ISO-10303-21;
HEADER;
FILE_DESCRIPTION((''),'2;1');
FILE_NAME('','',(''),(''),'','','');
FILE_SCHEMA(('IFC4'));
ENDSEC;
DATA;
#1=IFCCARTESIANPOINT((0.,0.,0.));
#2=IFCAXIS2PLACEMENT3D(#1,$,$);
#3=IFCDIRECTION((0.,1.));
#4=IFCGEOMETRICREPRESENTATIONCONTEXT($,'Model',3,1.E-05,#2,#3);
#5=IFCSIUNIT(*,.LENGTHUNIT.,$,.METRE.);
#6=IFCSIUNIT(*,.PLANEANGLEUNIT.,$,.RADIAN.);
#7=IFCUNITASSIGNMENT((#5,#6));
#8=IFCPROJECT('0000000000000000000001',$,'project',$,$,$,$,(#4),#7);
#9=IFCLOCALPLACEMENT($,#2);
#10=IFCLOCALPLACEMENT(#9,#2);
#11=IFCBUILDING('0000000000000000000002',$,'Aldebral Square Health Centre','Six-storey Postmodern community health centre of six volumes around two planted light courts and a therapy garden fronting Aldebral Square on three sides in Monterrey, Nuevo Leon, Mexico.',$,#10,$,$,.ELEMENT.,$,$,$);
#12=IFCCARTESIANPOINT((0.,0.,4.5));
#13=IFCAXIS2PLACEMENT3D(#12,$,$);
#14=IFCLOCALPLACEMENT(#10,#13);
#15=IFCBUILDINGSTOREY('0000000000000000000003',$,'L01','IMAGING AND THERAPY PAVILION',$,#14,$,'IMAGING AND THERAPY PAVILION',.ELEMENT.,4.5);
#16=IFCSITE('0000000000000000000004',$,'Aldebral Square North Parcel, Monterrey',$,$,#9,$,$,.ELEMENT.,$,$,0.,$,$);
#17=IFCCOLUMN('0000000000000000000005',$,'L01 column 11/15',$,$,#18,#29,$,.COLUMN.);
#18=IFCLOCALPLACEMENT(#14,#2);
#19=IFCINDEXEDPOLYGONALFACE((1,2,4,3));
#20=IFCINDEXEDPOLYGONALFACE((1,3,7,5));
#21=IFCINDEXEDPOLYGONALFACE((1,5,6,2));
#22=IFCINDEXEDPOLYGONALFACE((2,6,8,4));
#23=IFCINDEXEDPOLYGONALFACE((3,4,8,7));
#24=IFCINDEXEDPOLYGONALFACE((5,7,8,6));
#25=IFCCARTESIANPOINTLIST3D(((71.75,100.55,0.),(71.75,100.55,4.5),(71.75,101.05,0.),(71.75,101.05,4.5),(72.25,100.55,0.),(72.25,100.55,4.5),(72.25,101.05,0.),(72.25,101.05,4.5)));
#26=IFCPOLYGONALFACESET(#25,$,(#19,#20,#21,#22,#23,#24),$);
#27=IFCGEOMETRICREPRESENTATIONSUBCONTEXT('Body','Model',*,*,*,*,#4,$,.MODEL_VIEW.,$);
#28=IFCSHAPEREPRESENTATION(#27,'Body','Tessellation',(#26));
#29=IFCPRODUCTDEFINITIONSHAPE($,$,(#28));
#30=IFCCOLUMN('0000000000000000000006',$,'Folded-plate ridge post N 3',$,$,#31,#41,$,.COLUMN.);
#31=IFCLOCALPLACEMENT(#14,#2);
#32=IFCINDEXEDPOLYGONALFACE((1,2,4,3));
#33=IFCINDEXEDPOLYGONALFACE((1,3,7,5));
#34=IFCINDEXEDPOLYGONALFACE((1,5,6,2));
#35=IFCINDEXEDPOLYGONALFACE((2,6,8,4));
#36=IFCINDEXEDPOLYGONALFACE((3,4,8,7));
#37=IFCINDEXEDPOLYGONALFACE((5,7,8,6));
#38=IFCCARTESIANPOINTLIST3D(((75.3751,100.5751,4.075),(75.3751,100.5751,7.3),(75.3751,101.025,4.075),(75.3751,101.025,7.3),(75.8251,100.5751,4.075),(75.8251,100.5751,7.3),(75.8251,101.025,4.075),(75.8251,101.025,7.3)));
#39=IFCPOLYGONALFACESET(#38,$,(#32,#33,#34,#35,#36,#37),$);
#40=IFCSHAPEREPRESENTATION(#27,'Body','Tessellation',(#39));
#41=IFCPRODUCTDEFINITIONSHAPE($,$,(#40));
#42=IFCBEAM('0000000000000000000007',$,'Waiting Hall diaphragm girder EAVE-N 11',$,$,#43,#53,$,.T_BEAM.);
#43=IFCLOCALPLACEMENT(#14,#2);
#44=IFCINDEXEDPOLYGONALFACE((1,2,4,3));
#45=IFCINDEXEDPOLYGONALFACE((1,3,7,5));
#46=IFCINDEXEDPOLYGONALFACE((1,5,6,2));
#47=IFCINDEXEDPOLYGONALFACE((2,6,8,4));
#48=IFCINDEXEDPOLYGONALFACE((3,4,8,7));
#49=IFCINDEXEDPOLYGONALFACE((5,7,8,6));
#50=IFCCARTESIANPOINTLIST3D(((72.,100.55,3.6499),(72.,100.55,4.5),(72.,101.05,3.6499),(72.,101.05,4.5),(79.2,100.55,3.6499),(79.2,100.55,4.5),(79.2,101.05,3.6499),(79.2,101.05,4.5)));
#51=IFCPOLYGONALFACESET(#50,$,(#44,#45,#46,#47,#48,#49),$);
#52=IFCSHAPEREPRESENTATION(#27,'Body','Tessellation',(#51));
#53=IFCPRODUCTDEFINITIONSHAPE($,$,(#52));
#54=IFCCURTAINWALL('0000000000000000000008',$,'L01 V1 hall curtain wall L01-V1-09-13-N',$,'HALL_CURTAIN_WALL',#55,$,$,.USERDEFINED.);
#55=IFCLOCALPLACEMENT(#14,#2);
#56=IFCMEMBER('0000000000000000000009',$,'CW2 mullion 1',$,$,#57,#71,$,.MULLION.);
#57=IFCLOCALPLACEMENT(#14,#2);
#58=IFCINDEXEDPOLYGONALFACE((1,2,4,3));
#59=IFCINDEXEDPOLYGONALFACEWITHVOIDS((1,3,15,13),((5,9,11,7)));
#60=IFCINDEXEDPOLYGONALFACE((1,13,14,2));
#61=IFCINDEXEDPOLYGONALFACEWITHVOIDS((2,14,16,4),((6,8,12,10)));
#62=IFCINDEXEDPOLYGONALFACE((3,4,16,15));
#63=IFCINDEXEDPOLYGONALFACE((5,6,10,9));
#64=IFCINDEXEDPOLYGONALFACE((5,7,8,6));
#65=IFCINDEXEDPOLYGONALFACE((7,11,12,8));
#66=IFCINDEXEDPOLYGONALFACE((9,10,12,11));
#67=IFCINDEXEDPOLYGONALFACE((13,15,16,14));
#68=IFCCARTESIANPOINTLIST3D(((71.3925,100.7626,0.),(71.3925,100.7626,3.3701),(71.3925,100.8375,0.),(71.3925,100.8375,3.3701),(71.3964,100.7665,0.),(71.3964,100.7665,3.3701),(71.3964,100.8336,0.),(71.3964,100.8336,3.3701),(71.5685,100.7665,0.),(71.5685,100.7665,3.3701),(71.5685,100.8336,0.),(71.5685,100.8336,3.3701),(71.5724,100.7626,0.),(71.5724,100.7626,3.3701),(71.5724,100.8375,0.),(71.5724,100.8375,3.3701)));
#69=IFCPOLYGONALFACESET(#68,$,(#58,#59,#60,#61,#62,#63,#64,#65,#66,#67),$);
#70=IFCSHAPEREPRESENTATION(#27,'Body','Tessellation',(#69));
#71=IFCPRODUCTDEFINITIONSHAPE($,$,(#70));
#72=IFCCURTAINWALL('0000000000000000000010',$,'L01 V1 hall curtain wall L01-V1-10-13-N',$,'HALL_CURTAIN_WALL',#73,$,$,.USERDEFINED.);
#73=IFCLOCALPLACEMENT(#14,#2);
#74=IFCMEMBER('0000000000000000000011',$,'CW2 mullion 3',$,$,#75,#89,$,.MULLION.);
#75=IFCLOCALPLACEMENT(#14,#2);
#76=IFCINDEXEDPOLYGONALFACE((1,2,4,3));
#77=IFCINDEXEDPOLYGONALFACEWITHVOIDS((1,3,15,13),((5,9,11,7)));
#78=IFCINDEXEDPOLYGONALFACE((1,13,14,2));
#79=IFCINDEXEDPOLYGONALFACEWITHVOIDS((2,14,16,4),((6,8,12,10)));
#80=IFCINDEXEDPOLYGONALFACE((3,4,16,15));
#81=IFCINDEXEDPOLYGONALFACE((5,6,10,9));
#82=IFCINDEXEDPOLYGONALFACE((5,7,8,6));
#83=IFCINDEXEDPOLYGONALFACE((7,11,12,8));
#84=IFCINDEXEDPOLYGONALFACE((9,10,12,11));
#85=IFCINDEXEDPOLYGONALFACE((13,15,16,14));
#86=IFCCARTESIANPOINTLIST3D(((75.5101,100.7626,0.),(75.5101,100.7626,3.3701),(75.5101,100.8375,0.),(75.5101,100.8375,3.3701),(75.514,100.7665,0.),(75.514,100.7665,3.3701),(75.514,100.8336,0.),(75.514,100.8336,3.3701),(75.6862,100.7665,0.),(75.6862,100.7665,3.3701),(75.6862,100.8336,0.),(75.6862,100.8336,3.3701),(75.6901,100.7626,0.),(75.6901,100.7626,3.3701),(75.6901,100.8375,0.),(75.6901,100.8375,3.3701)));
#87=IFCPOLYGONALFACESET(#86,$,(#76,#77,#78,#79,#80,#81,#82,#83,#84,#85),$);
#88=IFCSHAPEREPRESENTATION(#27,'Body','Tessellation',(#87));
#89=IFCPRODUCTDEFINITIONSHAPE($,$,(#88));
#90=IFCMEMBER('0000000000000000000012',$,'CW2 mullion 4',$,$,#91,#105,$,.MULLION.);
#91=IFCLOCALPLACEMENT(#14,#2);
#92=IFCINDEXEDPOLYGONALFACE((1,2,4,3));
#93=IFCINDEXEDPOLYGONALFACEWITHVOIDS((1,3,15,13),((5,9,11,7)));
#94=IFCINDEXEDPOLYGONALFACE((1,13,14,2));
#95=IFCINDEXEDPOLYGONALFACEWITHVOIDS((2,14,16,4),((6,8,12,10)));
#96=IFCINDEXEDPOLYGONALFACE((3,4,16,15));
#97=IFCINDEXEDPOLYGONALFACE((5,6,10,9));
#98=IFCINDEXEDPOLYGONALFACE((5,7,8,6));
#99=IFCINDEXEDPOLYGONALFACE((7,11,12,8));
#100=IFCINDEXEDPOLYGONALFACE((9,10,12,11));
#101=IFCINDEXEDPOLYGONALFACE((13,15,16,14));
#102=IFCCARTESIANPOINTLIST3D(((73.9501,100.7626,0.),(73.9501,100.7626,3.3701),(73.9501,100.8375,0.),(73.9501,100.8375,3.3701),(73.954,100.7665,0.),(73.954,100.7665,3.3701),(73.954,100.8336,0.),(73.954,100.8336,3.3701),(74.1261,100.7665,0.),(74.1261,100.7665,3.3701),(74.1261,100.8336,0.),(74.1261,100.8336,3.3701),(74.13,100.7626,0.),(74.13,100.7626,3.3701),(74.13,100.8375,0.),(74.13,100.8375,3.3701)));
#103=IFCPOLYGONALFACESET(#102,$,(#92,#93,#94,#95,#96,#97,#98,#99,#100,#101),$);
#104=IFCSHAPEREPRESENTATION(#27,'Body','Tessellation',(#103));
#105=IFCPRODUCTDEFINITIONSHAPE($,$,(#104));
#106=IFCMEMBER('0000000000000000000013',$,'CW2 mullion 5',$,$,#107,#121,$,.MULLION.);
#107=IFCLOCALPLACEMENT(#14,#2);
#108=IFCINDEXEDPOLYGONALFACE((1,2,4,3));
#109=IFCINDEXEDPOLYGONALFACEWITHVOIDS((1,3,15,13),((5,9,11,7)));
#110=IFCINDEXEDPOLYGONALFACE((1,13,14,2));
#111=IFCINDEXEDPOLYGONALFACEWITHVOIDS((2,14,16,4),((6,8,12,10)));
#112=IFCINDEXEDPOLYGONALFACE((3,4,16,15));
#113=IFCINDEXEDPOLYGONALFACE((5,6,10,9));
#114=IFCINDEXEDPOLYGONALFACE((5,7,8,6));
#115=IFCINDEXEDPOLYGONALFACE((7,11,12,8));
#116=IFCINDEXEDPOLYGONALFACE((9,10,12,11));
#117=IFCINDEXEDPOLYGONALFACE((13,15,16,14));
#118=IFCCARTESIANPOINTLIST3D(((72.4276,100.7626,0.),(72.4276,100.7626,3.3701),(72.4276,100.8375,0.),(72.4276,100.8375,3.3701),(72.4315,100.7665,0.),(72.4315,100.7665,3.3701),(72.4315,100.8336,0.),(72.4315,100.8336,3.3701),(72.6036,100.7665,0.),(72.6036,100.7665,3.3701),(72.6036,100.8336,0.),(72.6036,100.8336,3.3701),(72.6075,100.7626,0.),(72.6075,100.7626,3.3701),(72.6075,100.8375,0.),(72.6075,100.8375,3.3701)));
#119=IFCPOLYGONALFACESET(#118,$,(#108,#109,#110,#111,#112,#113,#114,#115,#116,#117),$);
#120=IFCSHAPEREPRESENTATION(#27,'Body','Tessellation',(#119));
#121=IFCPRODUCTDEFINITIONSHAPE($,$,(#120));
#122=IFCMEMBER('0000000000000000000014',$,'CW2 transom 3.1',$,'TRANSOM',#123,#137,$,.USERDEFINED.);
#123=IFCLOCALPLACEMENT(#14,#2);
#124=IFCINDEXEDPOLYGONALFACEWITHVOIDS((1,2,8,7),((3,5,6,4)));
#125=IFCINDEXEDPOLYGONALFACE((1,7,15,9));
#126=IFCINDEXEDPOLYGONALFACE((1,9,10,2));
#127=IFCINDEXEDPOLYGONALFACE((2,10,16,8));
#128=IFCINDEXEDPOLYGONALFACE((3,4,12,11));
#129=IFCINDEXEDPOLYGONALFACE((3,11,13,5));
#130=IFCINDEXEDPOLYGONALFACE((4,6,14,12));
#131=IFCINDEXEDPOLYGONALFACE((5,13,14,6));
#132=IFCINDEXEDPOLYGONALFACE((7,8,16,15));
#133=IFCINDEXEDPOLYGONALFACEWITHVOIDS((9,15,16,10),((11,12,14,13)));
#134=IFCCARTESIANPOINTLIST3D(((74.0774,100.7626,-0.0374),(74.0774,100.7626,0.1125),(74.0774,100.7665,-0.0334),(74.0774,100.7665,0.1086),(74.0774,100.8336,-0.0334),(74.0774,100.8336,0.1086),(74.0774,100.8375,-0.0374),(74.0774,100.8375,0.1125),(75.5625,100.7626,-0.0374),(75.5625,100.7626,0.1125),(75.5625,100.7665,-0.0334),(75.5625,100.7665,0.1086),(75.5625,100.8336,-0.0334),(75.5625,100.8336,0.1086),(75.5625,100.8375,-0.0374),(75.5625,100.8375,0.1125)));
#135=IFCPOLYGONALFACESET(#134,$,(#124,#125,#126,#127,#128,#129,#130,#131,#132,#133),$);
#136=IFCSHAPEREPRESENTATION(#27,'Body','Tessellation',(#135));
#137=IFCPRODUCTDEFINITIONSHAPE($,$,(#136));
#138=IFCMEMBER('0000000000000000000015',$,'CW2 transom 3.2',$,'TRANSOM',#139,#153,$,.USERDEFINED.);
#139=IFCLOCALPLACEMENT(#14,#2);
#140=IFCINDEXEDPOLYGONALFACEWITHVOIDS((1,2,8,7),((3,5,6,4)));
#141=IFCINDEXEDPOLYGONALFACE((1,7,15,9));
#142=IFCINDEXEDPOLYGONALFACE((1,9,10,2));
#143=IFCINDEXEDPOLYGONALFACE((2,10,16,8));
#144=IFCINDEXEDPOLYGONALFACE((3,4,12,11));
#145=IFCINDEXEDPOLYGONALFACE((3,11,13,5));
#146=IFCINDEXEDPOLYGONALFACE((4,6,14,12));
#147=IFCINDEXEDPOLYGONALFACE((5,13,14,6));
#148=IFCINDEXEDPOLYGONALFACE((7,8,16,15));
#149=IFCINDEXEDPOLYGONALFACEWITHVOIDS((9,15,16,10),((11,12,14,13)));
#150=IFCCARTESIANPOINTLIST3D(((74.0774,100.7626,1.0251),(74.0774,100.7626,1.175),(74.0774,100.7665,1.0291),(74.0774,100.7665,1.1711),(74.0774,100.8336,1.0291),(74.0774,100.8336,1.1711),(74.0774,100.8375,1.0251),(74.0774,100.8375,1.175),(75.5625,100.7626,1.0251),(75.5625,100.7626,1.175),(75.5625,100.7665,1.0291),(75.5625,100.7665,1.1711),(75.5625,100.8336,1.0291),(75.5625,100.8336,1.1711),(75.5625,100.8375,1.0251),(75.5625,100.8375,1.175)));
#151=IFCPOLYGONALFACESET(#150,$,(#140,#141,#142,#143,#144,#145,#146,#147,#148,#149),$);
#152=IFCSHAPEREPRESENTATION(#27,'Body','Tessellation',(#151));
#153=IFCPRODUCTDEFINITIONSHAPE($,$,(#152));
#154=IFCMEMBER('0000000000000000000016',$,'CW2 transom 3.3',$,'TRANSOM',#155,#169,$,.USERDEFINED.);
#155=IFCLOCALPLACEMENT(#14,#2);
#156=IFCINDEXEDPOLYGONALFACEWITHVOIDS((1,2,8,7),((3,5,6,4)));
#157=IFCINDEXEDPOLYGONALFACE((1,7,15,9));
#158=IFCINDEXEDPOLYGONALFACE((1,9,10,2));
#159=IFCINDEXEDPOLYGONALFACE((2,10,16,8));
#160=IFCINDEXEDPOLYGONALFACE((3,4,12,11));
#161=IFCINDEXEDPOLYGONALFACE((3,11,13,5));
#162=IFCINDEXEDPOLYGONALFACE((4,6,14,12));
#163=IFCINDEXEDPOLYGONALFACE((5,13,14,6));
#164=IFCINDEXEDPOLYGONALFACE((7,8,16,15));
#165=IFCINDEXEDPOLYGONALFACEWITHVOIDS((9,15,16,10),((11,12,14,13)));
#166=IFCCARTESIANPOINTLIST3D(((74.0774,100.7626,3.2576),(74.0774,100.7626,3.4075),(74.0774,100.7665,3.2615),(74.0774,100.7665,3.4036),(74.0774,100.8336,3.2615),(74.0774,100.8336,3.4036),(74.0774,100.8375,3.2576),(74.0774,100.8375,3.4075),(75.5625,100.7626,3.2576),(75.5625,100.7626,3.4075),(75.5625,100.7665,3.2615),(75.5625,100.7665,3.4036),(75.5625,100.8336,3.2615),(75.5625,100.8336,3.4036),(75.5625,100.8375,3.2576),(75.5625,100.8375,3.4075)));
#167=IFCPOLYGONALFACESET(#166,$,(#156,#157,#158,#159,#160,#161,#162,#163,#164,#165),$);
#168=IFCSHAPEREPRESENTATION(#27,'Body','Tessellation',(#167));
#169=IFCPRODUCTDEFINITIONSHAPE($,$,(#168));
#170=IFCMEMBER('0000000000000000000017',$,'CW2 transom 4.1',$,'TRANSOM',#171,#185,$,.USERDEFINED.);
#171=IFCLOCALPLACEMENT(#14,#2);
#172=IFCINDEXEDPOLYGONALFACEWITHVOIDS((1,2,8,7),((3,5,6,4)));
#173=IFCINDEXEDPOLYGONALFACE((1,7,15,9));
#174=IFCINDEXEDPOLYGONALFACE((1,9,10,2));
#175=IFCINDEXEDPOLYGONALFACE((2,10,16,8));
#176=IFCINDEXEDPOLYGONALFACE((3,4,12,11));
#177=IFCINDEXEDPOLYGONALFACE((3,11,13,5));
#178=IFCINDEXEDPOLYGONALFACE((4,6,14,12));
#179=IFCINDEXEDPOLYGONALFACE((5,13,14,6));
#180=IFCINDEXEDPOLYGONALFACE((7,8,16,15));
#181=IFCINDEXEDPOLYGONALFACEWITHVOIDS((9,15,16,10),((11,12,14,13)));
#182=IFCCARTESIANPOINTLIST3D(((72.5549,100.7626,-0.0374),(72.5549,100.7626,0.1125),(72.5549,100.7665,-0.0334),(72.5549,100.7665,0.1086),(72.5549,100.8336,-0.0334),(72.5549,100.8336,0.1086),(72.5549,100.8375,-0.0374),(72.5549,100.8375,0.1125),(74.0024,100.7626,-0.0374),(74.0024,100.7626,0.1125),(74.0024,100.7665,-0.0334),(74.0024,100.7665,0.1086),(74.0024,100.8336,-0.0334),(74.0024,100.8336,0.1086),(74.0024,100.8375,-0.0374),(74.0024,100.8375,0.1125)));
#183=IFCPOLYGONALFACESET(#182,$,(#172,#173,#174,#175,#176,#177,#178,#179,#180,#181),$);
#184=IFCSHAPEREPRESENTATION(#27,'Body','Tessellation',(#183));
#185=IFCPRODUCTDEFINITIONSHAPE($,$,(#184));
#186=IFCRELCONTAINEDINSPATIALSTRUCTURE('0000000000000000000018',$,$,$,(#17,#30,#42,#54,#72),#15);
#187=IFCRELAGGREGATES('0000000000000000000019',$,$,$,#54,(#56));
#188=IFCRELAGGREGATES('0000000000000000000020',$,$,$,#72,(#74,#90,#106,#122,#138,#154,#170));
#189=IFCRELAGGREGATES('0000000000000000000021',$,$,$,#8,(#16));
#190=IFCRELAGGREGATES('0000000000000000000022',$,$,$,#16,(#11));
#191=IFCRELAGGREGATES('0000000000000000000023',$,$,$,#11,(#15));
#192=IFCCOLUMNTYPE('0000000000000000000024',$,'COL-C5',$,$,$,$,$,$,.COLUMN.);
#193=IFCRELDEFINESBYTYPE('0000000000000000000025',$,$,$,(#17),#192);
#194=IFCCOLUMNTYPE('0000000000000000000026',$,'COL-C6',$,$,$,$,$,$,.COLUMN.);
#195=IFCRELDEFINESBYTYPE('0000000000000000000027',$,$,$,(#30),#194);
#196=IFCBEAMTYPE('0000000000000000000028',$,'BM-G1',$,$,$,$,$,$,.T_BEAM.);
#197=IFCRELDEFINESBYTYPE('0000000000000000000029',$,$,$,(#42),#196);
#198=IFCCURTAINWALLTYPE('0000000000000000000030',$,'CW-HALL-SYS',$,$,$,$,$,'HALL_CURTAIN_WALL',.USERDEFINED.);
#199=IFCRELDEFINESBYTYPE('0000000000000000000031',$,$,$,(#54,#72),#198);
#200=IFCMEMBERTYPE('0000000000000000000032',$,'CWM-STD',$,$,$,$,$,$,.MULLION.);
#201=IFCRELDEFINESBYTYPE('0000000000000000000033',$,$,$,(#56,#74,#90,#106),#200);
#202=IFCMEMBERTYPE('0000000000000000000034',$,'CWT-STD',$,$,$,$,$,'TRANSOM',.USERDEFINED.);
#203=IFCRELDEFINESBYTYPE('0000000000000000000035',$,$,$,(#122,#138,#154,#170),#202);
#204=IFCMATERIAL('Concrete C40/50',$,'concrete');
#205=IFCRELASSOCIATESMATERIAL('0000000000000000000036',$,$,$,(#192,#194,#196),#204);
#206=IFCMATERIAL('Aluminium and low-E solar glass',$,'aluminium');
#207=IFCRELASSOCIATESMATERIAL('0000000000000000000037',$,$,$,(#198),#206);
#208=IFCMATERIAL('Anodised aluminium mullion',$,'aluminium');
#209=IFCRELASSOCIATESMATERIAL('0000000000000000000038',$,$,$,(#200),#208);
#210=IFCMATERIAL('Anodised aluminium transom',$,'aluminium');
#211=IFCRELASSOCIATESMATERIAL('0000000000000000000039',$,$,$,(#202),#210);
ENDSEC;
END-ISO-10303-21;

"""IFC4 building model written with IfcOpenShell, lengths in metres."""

from ifc_helpers import new_model, si_unit, direction, frame, origin, origin_2d, place, context, subcontext, project, spatial, rectangle, hollow_rectangle, extrude, material, material_profile, profile_set, type_object, element, aggregate, save


model = new_model("IFC4")

# Units and contexts
model_context = context("Model", 3, precision=1e-05, world=origin(), true_north=direction((0.0, 1.0)))
body_context = subcontext(model_context, "Body", "Model", "MODEL_VIEW")
ifc_project = project(units=[si_unit("LENGTHUNIT", "METRE"), si_unit("PLANEANGLEUNIT", "RADIAN")], contexts=[model_context])

# Site, building, storey
site_placement = place(None, origin())
site = spatial("IfcSite", under=ifc_project, at=site_placement, Name="Aldebral Square North Parcel, Monterrey", CompositionType="ELEMENT", RefElevation=0.0)
building_placement = place(site_placement, origin())
building = spatial("IfcBuilding", under=site, at=building_placement, Name="Aldebral Square Health Centre", Description="Six-storey Postmodern community health centre of six volumes around two planted light courts and a therapy garden fronting Aldebral Square on three sides in Monterrey, Nuevo Leon, Mexico.", CompositionType="ELEMENT")
storey_placement = place(building_placement, frame((0.0, 0.0, 4.5)))
storey = spatial("IfcBuildingStorey", under=building, at=storey_placement, Name="L01", Description="IMAGING AND THERAPY PAVILION", LongName="IMAGING AND THERAPY PAVILION", CompositionType="ELEMENT", Elevation=4.5)

# Columns
ifc_material_1 = material(Name="Concrete C40/50", Category="concrete")
ifc_material_profile_1 = material_profile(ifc_material_1, rectangle(XDim=0.5, YDim=0.5, at=origin_2d()), Name="RC 500x500")
ifc_profile_set_1 = profile_set([ifc_material_profile_1], Name="Concrete C40/50")
column_type_1 = type_object("IfcColumnType", Name="COL-C5", PredefinedType="COLUMN", material=ifc_profile_set_1)
column_1_placement = place(storey_placement, frame((72.0, 100.8, 0.0), z_axis=(0.0, 0.0, 1.0), x_axis=(1.0, 0.0, 0.0)))
element("IfcColumn", 1, at=column_1_placement, inside=storey, type_object=column_type_1, Name="L01 column 11/15", PredefinedType="COLUMN", context=body_context, shape_type="SweptSolid", body=[
    extrude(rectangle(XDim=0.5, YDim=0.5, at=origin_2d()), origin(), (0.0, 0.0, 1.0), 4.5),
])
ifc_material_profile_2 = material_profile(ifc_material_1, rectangle(XDim=0.45, YDim=0.45, at=origin_2d()), Name="RC 450x450")
ifc_profile_set_2 = profile_set([ifc_material_profile_2], Name="Concrete C40/50")
column_type_2 = type_object("IfcColumnType", Name="COL-C6", PredefinedType="COLUMN", material=ifc_profile_set_2)
column_2_placement = place(storey_placement, frame((75.6001, 100.8, 4.075), z_axis=(0.0, 0.0, 1.0), x_axis=(1.0, 0.0, 0.0)))
element("IfcColumn", 2, at=column_2_placement, inside=storey, type_object=column_type_2, Name="Folded-plate ridge post N 3", PredefinedType="COLUMN", context=body_context, shape_type="SweptSolid", body=[
    extrude(rectangle(XDim=0.45, YDim=0.45, at=origin_2d()), origin(), (0.0, 0.0, 1.0), 3.2251),
])

# Beam
ifc_material_profile_3 = material_profile(ifc_material_1, rectangle(XDim=0.5, YDim=0.8501, at=origin_2d()), Name="RC 500x850")
ifc_profile_set_3 = profile_set([ifc_material_profile_3], Name="Concrete C40/50")
beam_type = type_object("IfcBeamType", Name="BM-G1", PredefinedType="T_BEAM", material=ifc_profile_set_3)
beam_placement = place(storey_placement, frame((72.0, 100.8, 4.075), z_axis=(1.0, 0.0, 0.0), x_axis=(0.0, 1.0, 0.0)))
element("IfcBeam", 3, at=beam_placement, inside=storey, type_object=beam_type, Name="Waiting Hall diaphragm girder EAVE-N 11", PredefinedType="T_BEAM", context=body_context, shape_type="SweptSolid", body=[
    extrude(rectangle(XDim=0.5, YDim=0.8501, at=origin_2d()), origin(), (0.0, 0.0, 1.0), 7.2),
])

# Curtain wall, member
ifc_material_2 = material(Name="Aluminium and low-E solar glass", Category="aluminium")
curtain_wall_type = type_object("IfcCurtainWallType", Name="CW-HALL-SYS", ElementType="HALL_CURTAIN_WALL", PredefinedType="USERDEFINED", material=ifc_material_2)
curtain_wall_1_placement = place(storey_placement, origin())
curtain_wall_1 = element("IfcCurtainWall", 4, at=curtain_wall_1_placement, inside=storey, type_object=curtain_wall_type, Name="L01 V1 hall curtain wall L01-V1-09-13-N", ObjectType="HALL_CURTAIN_WALL", PredefinedType="USERDEFINED")
ifc_material_3 = material(Name="Anodised aluminium mullion", Category="aluminium")
ifc_material_profile_4 = material_profile(ifc_material_3, hollow_rectangle(XDim=0.075, YDim=0.1799, WallThickness=0.0039, at=origin_2d()), Name="CWM 75x180x4")
ifc_profile_set_4 = profile_set([ifc_material_profile_4], Name="Anodised aluminium mullion")
member_type_1 = type_object("IfcMemberType", Name="CWM-STD", PredefinedType="MULLION", material=ifc_profile_set_4)
member_1_placement = place(storey_placement, frame((71.4824, 100.8, 0.0), z_axis=(0.0, 0.0, 1.0), x_axis=(0.0, -1.0, 0.0)))
member_1 = element("IfcMember", 5, at=member_1_placement, type_object=member_type_1, Name="CW2 mullion 1", PredefinedType="MULLION", context=body_context, shape_type="SweptSolid", body=[
    extrude(hollow_rectangle(XDim=0.075, YDim=0.1799, WallThickness=0.0039, at=origin_2d()), origin(), (0.0, 0.0, 1.0), 3.3701),
])
aggregate(curtain_wall_1, [member_1])

# Curtain wall, members
curtain_wall_2_placement = place(storey_placement, origin())
curtain_wall_2 = element("IfcCurtainWall", 6, at=curtain_wall_2_placement, inside=storey, type_object=curtain_wall_type, Name="L01 V1 hall curtain wall L01-V1-10-13-N", ObjectType="HALL_CURTAIN_WALL", PredefinedType="USERDEFINED")
member_2_placement = place(storey_placement, frame((75.6001, 100.8, 0.0), z_axis=(0.0, 0.0, 1.0), x_axis=(0.0, -1.0, 0.0)))
member_2 = element("IfcMember", 7, at=member_2_placement, type_object=member_type_1, Name="CW2 mullion 3", PredefinedType="MULLION", context=body_context, shape_type="SweptSolid", body=[
    extrude(hollow_rectangle(XDim=0.075, YDim=0.1799, WallThickness=0.0039, at=origin_2d()), origin(), (0.0, 0.0, 1.0), 3.3701),
])
member_3_placement = place(storey_placement, frame((74.04, 100.8, 0.0), z_axis=(0.0, 0.0, 1.0), x_axis=(0.0, -1.0, 0.0)))
member_3 = element("IfcMember", 8, at=member_3_placement, type_object=member_type_1, Name="CW2 mullion 4", PredefinedType="MULLION", context=body_context, shape_type="SweptSolid", body=[
    extrude(hollow_rectangle(XDim=0.075, YDim=0.1799, WallThickness=0.0039, at=origin_2d()), origin(), (0.0, 0.0, 1.0), 3.3701),
])
member_4_placement = place(storey_placement, frame((72.5176, 100.8, 0.0), z_axis=(0.0, 0.0, 1.0), x_axis=(0.0, -1.0, 0.0)))
member_4 = element("IfcMember", 9, at=member_4_placement, type_object=member_type_1, Name="CW2 mullion 5", PredefinedType="MULLION", context=body_context, shape_type="SweptSolid", body=[
    extrude(hollow_rectangle(XDim=0.075, YDim=0.1799, WallThickness=0.0039, at=origin_2d()), origin(), (0.0, 0.0, 1.0), 3.3701),
])
ifc_material_4 = material(Name="Anodised aluminium transom", Category="aluminium")
ifc_material_profile_5 = material_profile(ifc_material_4, hollow_rectangle(XDim=0.075, YDim=0.1499, WallThickness=0.0039, at=origin_2d()), Name="CWT 75x150x4")
ifc_profile_set_5 = profile_set([ifc_material_profile_5], Name="Anodised aluminium transom")
member_type_2 = type_object("IfcMemberType", Name="CWT-STD", ElementType="TRANSOM", PredefinedType="USERDEFINED", material=ifc_profile_set_5)
member_5_placement = place(storey_placement, frame((75.5625, 100.8, 0.0376), z_axis=(-1.0, 0.0, 0.0), x_axis=(0.0, -1.0, 0.0)))
member_5 = element("IfcMember", 10, at=member_5_placement, type_object=member_type_2, Name="CW2 transom 3.1", ObjectType="TRANSOM", PredefinedType="USERDEFINED", context=body_context, shape_type="SweptSolid", body=[
    extrude(hollow_rectangle(XDim=0.075, YDim=0.1499, WallThickness=0.0039, at=origin_2d()), origin(), (0.0, 0.0, 1.0), 1.4851),
])
member_6_placement = place(storey_placement, frame((75.5625, 100.8, 1.1001), z_axis=(-1.0, 0.0, 0.0), x_axis=(0.0, -1.0, 0.0)))
member_6 = element("IfcMember", 11, at=member_6_placement, type_object=member_type_2, Name="CW2 transom 3.2", ObjectType="TRANSOM", PredefinedType="USERDEFINED", context=body_context, shape_type="SweptSolid", body=[
    extrude(hollow_rectangle(XDim=0.075, YDim=0.1499, WallThickness=0.0039, at=origin_2d()), origin(), (0.0, 0.0, 1.0), 1.4851),
])
member_7_placement = place(storey_placement, frame((75.5625, 100.8, 3.3325), z_axis=(-1.0, 0.0, 0.0), x_axis=(0.0, -1.0, 0.0)))
member_7 = element("IfcMember", 12, at=member_7_placement, type_object=member_type_2, Name="CW2 transom 3.3", ObjectType="TRANSOM", PredefinedType="USERDEFINED", context=body_context, shape_type="SweptSolid", body=[
    extrude(hollow_rectangle(XDim=0.075, YDim=0.1499, WallThickness=0.0039, at=origin_2d()), origin(), (0.0, 0.0, 1.0), 1.4851),
])
member_8_placement = place(storey_placement, frame((74.0024, 100.8, 0.0376), z_axis=(-1.0, 0.0, 0.0), x_axis=(0.0, -1.0, 0.0)))
member_8 = element("IfcMember", 13, at=member_8_placement, type_object=member_type_2, Name="CW2 transom 4.1", ObjectType="TRANSOM", PredefinedType="USERDEFINED", context=body_context, shape_type="SweptSolid", body=[
    extrude(hollow_rectangle(XDim=0.075, YDim=0.1499, WallThickness=0.0039, at=origin_2d()), origin(), (0.0, 0.0, 1.0), 1.4475),
])
aggregate(curtain_wall_2, [member_2, member_3, member_4, member_5, member_6, member_7, member_8])

save(model, "model.ifc")
